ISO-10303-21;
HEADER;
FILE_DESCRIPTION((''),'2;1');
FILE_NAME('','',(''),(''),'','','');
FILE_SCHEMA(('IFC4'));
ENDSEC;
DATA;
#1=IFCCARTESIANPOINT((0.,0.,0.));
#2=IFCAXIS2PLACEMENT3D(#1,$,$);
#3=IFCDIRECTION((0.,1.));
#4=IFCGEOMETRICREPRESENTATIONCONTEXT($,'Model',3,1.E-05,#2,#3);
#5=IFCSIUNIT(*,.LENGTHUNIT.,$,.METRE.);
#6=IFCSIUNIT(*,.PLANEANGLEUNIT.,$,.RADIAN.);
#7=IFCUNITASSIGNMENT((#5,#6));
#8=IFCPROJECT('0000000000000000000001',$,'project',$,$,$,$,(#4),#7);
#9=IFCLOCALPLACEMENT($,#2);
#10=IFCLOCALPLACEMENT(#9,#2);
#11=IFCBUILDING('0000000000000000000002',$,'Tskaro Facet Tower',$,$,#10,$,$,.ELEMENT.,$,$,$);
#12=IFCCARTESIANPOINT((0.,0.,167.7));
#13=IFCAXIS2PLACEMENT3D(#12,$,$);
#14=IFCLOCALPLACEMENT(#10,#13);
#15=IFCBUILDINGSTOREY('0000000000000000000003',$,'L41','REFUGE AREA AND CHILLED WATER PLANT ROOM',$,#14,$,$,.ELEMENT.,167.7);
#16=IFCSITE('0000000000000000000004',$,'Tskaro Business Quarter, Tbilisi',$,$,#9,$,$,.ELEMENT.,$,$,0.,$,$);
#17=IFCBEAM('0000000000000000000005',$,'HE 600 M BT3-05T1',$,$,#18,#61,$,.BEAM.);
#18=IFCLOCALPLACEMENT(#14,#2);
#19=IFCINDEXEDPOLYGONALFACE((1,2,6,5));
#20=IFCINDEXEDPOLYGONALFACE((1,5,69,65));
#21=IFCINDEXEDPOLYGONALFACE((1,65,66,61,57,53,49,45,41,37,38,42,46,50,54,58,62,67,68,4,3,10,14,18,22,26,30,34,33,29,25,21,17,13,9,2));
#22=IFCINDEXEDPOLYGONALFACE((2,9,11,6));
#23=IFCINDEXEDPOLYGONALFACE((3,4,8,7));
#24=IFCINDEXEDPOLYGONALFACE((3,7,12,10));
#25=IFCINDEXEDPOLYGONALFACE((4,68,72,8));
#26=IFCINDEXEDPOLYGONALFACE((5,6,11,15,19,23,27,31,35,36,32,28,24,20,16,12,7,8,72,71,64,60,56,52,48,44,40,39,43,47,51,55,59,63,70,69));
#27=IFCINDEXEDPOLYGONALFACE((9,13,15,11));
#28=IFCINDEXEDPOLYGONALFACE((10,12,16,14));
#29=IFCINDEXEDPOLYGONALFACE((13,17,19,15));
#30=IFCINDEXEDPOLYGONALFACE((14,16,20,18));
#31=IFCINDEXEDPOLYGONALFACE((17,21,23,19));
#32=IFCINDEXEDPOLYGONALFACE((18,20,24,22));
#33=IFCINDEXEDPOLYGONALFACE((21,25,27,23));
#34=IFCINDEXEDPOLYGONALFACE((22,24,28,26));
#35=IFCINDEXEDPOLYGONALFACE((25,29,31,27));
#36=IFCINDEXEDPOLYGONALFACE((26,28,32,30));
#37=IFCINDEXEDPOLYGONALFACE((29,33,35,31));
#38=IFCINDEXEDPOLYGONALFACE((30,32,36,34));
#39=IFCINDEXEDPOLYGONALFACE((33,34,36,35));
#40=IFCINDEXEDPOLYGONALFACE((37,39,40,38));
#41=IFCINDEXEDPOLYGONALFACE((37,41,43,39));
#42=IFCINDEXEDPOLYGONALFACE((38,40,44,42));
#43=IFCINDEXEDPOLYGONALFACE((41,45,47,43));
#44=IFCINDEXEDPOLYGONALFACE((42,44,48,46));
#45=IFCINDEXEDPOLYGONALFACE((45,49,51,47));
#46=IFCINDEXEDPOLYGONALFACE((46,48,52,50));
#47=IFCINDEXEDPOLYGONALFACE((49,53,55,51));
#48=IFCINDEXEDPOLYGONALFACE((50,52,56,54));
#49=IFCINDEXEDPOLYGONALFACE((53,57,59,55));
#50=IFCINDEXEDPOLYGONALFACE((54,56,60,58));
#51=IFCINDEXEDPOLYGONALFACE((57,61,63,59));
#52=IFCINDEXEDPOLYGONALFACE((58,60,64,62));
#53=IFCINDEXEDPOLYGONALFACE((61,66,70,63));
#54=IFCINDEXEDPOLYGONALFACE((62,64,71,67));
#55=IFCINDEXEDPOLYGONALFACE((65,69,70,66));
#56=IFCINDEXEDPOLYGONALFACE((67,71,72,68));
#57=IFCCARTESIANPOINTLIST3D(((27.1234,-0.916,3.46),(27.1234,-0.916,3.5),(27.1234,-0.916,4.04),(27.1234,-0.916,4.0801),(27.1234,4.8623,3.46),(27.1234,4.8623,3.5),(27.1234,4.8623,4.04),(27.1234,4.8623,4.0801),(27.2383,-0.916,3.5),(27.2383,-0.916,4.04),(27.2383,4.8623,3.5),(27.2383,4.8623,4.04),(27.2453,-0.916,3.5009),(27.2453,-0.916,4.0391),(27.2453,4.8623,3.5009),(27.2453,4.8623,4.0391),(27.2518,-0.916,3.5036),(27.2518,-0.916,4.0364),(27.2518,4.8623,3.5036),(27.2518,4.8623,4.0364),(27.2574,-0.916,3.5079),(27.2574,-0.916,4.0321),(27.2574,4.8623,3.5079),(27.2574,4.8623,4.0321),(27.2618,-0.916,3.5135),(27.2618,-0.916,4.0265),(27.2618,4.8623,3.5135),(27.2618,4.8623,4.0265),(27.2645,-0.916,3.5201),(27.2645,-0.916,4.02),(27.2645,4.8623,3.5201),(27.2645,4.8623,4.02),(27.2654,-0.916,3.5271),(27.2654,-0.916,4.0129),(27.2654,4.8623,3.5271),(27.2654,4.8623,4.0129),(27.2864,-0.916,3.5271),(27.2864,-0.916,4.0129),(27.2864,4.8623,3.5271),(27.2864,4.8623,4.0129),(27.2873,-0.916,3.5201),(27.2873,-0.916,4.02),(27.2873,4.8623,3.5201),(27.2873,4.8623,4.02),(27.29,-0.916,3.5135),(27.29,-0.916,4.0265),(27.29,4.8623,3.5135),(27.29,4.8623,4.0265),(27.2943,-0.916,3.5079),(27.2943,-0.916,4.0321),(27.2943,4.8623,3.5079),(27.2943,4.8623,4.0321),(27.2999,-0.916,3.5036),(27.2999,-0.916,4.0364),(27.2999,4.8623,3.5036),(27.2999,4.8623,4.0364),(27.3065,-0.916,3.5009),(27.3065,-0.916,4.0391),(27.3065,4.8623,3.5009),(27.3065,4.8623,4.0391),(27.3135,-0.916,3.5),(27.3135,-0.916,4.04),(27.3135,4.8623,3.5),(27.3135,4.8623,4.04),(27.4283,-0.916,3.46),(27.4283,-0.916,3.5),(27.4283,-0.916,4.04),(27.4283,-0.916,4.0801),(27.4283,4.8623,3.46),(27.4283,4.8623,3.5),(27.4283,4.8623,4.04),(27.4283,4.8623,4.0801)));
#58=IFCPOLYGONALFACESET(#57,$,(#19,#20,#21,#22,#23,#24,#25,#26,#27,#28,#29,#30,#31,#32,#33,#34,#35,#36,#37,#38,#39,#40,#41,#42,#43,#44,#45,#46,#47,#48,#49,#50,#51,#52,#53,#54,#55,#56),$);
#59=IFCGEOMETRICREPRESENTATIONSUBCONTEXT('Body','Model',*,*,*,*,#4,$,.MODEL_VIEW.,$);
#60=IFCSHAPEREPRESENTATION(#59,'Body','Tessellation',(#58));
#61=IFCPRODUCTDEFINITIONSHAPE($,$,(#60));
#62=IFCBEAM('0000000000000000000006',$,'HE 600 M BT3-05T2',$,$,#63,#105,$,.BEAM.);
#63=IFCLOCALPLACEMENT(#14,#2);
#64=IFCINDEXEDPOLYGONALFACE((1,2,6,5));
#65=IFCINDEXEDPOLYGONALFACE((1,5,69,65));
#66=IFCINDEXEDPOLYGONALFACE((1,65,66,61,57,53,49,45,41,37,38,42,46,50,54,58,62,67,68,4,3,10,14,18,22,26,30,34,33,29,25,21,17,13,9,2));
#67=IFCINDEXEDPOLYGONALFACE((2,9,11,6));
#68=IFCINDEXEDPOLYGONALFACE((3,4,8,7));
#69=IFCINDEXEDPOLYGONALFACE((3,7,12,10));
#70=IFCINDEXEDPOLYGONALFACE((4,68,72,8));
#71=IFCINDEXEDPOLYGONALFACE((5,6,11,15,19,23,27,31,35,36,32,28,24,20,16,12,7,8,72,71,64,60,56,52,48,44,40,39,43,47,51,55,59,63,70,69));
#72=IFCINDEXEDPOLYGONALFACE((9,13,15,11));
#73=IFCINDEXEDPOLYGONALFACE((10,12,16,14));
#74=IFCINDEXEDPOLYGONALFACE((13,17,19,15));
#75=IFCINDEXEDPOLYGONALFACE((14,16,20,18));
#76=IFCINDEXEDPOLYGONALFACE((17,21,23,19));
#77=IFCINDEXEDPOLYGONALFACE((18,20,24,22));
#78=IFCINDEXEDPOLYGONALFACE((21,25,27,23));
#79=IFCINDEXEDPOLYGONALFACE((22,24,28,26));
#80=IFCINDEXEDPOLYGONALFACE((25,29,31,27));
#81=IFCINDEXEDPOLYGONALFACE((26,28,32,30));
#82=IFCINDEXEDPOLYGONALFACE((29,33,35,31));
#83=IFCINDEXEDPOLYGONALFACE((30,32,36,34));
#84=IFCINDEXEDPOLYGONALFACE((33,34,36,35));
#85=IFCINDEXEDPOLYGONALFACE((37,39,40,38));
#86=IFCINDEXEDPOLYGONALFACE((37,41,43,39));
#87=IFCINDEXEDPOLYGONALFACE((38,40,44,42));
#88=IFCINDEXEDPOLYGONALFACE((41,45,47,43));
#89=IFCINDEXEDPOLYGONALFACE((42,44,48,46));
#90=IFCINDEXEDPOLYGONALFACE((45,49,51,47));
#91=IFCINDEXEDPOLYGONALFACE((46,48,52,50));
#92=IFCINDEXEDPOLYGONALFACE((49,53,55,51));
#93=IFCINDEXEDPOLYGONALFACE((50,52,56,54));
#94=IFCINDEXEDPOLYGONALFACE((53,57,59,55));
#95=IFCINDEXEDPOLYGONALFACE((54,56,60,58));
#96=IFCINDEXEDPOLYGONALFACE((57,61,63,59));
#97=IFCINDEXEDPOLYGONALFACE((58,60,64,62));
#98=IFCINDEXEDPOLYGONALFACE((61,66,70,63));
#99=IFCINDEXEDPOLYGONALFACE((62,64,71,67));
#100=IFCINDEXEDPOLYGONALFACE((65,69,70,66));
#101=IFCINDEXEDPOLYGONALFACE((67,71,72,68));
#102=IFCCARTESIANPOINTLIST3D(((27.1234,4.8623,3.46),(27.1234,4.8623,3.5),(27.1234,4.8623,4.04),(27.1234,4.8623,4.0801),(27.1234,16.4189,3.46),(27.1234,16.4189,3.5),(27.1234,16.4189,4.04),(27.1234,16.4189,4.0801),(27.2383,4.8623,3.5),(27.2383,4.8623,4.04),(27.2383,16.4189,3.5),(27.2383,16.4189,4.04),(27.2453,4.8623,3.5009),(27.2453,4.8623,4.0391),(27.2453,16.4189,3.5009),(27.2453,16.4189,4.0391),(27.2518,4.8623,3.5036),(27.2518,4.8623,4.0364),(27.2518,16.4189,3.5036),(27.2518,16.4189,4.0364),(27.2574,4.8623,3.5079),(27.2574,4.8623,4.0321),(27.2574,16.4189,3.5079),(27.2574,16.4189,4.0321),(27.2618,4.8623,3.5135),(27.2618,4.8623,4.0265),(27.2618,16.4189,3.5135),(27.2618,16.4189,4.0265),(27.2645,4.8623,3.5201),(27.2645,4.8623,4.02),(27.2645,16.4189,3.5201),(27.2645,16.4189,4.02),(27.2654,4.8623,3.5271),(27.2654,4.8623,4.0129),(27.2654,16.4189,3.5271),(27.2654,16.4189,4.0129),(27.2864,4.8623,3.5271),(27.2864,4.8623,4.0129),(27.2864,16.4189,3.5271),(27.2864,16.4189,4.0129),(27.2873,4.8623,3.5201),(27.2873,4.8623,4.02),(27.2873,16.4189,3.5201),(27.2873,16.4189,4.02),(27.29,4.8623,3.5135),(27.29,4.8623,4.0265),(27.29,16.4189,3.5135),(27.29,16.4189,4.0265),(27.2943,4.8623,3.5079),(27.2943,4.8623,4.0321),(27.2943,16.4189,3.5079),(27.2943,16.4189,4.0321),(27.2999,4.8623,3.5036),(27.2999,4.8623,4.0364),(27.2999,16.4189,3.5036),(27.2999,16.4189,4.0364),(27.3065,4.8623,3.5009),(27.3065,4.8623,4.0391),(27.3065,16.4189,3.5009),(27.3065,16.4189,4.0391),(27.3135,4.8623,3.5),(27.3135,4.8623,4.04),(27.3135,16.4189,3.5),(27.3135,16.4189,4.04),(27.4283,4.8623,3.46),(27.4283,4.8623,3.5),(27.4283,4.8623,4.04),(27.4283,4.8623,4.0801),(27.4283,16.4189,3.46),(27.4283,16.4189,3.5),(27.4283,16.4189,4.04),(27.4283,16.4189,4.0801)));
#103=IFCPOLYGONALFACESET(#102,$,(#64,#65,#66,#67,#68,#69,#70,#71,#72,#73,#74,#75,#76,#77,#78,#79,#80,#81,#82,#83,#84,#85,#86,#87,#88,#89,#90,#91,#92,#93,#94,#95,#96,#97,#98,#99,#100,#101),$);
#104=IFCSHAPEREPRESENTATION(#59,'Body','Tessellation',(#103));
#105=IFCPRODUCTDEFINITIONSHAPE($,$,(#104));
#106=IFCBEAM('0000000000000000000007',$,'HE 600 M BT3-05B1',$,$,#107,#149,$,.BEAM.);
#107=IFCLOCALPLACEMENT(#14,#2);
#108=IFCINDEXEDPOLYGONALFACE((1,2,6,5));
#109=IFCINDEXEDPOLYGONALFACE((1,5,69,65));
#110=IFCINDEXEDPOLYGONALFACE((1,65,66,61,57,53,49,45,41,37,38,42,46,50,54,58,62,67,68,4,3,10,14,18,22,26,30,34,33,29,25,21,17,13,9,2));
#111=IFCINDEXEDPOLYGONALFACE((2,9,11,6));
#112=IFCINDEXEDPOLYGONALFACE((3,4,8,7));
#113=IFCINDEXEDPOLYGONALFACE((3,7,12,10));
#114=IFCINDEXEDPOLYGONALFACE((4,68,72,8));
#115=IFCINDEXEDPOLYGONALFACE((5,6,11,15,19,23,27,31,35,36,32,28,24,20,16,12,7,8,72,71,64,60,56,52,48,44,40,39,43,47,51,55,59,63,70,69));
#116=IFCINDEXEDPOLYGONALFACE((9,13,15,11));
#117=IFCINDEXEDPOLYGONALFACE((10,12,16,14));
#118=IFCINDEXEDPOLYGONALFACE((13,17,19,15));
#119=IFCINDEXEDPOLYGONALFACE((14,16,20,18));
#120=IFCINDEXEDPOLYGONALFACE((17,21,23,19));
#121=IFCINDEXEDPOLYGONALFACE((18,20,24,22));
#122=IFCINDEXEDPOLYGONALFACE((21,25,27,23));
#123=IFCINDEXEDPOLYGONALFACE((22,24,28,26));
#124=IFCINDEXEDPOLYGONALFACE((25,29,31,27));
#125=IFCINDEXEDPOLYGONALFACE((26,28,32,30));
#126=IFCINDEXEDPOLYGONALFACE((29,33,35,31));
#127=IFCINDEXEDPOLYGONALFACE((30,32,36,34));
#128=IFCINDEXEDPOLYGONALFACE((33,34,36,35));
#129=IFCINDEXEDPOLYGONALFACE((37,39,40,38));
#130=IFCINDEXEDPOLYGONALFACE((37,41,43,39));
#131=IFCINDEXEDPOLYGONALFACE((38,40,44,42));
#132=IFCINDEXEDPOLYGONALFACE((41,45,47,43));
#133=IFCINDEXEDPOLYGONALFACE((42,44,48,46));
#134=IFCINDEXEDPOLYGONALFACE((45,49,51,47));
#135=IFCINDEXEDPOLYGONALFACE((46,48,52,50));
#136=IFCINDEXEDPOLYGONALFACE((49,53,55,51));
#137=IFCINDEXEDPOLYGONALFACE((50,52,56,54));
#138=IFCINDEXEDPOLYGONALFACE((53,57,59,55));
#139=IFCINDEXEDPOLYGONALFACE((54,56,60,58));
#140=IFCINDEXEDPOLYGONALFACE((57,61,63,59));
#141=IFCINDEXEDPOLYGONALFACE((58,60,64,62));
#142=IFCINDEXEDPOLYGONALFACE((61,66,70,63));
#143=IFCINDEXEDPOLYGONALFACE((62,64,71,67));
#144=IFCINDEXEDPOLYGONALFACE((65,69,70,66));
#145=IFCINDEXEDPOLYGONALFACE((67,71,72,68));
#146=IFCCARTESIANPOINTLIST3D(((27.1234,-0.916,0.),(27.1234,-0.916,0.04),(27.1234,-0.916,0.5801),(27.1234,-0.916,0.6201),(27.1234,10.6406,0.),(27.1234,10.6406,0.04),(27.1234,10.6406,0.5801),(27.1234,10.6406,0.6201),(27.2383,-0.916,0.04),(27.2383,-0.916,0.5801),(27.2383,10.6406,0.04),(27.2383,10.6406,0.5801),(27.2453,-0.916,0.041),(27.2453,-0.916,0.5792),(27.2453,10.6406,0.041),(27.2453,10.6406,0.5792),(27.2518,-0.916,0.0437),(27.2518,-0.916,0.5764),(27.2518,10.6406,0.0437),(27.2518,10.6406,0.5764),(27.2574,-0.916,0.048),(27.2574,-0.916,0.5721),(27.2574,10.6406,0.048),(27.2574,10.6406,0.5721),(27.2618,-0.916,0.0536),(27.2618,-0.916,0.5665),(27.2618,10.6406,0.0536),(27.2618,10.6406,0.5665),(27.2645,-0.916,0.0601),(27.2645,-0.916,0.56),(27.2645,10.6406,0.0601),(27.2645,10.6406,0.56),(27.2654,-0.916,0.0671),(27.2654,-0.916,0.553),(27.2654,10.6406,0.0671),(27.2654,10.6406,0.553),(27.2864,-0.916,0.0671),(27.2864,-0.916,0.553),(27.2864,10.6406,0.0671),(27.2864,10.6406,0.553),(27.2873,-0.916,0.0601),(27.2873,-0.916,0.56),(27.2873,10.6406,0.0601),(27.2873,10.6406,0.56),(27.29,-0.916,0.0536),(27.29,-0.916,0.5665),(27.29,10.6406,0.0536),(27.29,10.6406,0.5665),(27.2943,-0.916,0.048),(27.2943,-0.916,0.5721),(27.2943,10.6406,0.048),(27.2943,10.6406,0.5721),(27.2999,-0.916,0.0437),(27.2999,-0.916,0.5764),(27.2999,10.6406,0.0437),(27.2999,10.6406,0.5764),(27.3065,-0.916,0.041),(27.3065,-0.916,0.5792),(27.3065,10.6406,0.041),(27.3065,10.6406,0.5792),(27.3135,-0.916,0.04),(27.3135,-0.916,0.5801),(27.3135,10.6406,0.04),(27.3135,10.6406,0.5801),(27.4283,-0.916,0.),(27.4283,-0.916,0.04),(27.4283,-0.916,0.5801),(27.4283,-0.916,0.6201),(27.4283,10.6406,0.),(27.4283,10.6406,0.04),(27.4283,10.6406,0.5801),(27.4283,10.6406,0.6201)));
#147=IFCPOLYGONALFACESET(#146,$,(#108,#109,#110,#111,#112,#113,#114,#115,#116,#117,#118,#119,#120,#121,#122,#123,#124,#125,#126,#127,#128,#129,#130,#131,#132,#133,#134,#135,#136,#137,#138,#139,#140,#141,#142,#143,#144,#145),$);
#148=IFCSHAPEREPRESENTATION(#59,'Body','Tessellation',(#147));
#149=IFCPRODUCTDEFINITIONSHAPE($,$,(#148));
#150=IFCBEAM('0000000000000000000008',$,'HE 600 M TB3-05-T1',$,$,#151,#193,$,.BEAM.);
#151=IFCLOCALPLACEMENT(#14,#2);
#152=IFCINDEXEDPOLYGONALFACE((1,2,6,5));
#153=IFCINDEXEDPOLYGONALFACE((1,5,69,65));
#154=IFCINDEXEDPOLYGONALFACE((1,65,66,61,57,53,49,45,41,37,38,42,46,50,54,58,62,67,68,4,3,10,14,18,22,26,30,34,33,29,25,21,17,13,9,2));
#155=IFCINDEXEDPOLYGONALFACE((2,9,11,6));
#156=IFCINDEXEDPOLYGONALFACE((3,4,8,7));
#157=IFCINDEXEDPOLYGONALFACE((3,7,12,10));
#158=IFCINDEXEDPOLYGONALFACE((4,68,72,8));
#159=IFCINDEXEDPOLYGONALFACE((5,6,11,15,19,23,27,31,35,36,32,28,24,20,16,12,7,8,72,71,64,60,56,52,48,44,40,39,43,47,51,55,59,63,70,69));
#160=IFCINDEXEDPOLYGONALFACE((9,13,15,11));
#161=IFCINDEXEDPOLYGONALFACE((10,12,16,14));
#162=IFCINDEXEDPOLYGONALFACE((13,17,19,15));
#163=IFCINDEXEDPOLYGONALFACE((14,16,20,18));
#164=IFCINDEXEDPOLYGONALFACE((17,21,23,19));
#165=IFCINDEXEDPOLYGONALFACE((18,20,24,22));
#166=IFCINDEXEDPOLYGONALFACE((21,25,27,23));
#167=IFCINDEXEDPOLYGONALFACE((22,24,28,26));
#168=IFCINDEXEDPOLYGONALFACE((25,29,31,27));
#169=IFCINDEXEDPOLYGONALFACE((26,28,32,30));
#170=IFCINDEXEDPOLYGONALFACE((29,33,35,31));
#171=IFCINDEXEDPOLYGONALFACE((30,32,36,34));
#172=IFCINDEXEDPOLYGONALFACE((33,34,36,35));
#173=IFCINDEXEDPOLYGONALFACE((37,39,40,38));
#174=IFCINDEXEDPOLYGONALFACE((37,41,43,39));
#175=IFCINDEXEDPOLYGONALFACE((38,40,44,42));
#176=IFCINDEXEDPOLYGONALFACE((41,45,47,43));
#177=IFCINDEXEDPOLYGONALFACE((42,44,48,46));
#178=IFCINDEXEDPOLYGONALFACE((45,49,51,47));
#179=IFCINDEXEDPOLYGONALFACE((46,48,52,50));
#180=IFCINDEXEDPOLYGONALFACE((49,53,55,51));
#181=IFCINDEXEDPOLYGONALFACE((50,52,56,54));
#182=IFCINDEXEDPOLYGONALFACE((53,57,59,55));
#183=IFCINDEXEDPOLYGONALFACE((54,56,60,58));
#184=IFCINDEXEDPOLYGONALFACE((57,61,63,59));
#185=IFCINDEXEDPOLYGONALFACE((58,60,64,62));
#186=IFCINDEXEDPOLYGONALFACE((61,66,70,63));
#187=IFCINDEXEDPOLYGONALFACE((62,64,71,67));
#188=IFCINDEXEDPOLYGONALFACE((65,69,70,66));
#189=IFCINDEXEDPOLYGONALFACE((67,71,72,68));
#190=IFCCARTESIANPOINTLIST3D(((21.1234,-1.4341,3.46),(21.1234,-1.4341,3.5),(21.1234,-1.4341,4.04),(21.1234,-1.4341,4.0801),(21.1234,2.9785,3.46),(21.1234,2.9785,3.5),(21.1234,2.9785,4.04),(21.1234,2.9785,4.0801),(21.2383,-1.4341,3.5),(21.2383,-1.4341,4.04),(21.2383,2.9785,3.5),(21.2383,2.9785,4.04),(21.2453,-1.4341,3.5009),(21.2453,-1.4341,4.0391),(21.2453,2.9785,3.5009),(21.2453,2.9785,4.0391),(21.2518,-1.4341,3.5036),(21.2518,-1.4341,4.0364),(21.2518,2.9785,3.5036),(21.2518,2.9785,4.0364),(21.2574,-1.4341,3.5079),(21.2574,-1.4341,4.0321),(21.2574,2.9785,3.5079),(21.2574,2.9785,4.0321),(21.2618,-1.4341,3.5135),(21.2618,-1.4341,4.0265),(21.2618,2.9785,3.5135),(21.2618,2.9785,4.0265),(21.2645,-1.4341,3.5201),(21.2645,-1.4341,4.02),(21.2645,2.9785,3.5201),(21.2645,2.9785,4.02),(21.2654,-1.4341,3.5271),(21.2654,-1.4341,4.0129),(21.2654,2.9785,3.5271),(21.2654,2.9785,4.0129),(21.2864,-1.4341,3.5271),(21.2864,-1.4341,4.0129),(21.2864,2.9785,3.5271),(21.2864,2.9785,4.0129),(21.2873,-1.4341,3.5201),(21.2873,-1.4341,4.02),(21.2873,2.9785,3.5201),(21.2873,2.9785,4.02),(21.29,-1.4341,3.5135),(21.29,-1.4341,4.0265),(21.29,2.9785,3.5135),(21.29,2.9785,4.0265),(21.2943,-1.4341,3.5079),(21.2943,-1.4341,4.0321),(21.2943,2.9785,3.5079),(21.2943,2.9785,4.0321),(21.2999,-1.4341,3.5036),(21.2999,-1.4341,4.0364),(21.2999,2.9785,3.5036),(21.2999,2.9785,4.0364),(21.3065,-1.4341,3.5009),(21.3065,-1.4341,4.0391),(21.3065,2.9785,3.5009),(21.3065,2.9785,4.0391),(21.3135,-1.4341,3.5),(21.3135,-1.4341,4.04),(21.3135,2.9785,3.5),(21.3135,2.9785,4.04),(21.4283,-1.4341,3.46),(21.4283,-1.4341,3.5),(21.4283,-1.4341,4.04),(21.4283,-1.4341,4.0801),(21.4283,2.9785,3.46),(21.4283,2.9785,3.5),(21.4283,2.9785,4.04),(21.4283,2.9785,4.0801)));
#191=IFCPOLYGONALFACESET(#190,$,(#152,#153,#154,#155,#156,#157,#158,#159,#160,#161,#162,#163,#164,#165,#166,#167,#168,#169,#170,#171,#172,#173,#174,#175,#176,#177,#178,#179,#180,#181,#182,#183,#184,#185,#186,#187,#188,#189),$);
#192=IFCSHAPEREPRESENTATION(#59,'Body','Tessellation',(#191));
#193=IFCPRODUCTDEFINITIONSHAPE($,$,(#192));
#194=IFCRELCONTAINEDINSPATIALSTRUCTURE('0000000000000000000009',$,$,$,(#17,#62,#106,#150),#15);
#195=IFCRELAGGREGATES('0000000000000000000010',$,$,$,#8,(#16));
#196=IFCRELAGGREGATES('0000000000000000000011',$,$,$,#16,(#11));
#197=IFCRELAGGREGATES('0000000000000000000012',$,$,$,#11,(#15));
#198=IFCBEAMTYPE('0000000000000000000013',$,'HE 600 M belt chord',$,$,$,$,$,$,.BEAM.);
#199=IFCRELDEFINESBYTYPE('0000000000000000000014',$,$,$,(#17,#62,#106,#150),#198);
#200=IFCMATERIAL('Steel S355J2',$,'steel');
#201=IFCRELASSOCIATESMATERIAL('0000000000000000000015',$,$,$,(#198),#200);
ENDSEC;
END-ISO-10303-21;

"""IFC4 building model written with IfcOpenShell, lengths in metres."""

from ifc_helpers import new_model, si_unit, direction, frame, origin, origin_2d, place, context, subcontext, project, spatial, i_section, extrude, material, material_profile, profile_set, type_object, element, save


model = new_model("IFC4")

# Units and contexts
model_context = context("Model", 3, precision=1e-05, world=origin(), true_north=direction((0.0, 1.0)))
body_context = subcontext(model_context, "Body", "Model", "MODEL_VIEW")
ifc_project = project(units=[si_unit("LENGTHUNIT", "METRE"), si_unit("PLANEANGLEUNIT", "RADIAN")], contexts=[model_context])

# Site, building, storey
site_placement = place(None, origin())
site = spatial("IfcSite", under=ifc_project, at=site_placement, Name="Tskaro Business Quarter, Tbilisi", CompositionType="ELEMENT", RefElevation=0.0)
building_placement = place(site_placement, origin())
building = spatial("IfcBuilding", under=site, at=building_placement, Name="Tskaro Facet Tower", CompositionType="ELEMENT")
storey_placement = place(building_placement, frame((0.0, 0.0, 167.7)))
storey = spatial("IfcBuildingStorey", under=building, at=storey_placement, Name="L41", Description="REFUGE AREA AND CHILLED WATER PLANT ROOM", CompositionType="ELEMENT", Elevation=167.7)

# Shared definitions
ifc_material_1 = material(Name="Steel S355J2", Category="steel")

# Beams
ifc_material_profile_1 = material_profile(ifc_material_1, i_section(OverallWidth=0.3049, OverallDepth=0.6201, WebThickness=0.021, FlangeThickness=0.04, FilletRadius=0.0271, at=origin_2d()), Name="HE 600 M")
ifc_profile_set_1 = profile_set([ifc_material_profile_1], Name="Steel S355J2")
beam_type_1 = type_object("IfcBeamType", Name="HE 600 M belt chord", PredefinedType="BEAM", material=ifc_profile_set_1)
beam_1_placement = place(storey_placement, frame((27.2759, -0.916, 3.77), z_axis=(0.0, 1.0, 0.0), x_axis=(-1.0, 0.0, 0.0)))
element("IfcBeam", 1, at=beam_1_placement, inside=storey, type_object=beam_type_1, Name="HE 600 M BT3-05T1", PredefinedType="BEAM", context=body_context, shape_type="SweptSolid", body=[
    extrude(i_section(OverallWidth=0.3049, OverallDepth=0.6201, WebThickness=0.021, FlangeThickness=0.04, FilletRadius=0.0271, at=origin_2d()), origin(), (0.0, 0.0, 1.0), 5.7783),
])
for number, where, z_axis, x_axis, name in (
    (2, (27.2759, 4.8623, 3.77), (0.0, 1.0, 0.0), (-1.0, 0.0, 0.0), "HE 600 M BT3-05T2"),
    (3, (27.2759, -0.916, 0.3101), (0.0, 1.0, 0.0), (-1.0, 0.0, 0.0), "HE 600 M BT3-05B1"),
):
    element("IfcBeam", number, at=place(storey_placement, frame(where, z_axis=z_axis, x_axis=x_axis)), inside=storey, type_object=beam_type_1, Name=name, PredefinedType="BEAM", context=body_context, shape_type="SweptSolid", body=[
        extrude(i_section(OverallWidth=0.3049, OverallDepth=0.6201, WebThickness=0.021, FlangeThickness=0.04, FilletRadius=0.0271, at=origin_2d()), origin(), (0.0, 0.0, 1.0), 11.5566),
    ])
for number, where, z_axis, x_axis, name in (
    (4, (21.2759, -1.4341, 3.77), (0.0, 1.0, 0.0), (-1.0, 0.0, 0.0), "HE 600 M TB3-05-T1"),
):
    element("IfcBeam", number, at=place(storey_placement, frame(where, z_axis=z_axis, x_axis=x_axis)), inside=storey, type_object=beam_type_1, Name=name, PredefinedType="BEAM", context=body_context, shape_type="SweptSolid", body=[
        extrude(i_section(OverallWidth=0.3049, OverallDepth=0.6201, WebThickness=0.021, FlangeThickness=0.04, FilletRadius=0.0271, at=origin_2d()), origin(), (0.0, 0.0, 1.0), 4.4126),
    ])

save(model, "model.ifc")
